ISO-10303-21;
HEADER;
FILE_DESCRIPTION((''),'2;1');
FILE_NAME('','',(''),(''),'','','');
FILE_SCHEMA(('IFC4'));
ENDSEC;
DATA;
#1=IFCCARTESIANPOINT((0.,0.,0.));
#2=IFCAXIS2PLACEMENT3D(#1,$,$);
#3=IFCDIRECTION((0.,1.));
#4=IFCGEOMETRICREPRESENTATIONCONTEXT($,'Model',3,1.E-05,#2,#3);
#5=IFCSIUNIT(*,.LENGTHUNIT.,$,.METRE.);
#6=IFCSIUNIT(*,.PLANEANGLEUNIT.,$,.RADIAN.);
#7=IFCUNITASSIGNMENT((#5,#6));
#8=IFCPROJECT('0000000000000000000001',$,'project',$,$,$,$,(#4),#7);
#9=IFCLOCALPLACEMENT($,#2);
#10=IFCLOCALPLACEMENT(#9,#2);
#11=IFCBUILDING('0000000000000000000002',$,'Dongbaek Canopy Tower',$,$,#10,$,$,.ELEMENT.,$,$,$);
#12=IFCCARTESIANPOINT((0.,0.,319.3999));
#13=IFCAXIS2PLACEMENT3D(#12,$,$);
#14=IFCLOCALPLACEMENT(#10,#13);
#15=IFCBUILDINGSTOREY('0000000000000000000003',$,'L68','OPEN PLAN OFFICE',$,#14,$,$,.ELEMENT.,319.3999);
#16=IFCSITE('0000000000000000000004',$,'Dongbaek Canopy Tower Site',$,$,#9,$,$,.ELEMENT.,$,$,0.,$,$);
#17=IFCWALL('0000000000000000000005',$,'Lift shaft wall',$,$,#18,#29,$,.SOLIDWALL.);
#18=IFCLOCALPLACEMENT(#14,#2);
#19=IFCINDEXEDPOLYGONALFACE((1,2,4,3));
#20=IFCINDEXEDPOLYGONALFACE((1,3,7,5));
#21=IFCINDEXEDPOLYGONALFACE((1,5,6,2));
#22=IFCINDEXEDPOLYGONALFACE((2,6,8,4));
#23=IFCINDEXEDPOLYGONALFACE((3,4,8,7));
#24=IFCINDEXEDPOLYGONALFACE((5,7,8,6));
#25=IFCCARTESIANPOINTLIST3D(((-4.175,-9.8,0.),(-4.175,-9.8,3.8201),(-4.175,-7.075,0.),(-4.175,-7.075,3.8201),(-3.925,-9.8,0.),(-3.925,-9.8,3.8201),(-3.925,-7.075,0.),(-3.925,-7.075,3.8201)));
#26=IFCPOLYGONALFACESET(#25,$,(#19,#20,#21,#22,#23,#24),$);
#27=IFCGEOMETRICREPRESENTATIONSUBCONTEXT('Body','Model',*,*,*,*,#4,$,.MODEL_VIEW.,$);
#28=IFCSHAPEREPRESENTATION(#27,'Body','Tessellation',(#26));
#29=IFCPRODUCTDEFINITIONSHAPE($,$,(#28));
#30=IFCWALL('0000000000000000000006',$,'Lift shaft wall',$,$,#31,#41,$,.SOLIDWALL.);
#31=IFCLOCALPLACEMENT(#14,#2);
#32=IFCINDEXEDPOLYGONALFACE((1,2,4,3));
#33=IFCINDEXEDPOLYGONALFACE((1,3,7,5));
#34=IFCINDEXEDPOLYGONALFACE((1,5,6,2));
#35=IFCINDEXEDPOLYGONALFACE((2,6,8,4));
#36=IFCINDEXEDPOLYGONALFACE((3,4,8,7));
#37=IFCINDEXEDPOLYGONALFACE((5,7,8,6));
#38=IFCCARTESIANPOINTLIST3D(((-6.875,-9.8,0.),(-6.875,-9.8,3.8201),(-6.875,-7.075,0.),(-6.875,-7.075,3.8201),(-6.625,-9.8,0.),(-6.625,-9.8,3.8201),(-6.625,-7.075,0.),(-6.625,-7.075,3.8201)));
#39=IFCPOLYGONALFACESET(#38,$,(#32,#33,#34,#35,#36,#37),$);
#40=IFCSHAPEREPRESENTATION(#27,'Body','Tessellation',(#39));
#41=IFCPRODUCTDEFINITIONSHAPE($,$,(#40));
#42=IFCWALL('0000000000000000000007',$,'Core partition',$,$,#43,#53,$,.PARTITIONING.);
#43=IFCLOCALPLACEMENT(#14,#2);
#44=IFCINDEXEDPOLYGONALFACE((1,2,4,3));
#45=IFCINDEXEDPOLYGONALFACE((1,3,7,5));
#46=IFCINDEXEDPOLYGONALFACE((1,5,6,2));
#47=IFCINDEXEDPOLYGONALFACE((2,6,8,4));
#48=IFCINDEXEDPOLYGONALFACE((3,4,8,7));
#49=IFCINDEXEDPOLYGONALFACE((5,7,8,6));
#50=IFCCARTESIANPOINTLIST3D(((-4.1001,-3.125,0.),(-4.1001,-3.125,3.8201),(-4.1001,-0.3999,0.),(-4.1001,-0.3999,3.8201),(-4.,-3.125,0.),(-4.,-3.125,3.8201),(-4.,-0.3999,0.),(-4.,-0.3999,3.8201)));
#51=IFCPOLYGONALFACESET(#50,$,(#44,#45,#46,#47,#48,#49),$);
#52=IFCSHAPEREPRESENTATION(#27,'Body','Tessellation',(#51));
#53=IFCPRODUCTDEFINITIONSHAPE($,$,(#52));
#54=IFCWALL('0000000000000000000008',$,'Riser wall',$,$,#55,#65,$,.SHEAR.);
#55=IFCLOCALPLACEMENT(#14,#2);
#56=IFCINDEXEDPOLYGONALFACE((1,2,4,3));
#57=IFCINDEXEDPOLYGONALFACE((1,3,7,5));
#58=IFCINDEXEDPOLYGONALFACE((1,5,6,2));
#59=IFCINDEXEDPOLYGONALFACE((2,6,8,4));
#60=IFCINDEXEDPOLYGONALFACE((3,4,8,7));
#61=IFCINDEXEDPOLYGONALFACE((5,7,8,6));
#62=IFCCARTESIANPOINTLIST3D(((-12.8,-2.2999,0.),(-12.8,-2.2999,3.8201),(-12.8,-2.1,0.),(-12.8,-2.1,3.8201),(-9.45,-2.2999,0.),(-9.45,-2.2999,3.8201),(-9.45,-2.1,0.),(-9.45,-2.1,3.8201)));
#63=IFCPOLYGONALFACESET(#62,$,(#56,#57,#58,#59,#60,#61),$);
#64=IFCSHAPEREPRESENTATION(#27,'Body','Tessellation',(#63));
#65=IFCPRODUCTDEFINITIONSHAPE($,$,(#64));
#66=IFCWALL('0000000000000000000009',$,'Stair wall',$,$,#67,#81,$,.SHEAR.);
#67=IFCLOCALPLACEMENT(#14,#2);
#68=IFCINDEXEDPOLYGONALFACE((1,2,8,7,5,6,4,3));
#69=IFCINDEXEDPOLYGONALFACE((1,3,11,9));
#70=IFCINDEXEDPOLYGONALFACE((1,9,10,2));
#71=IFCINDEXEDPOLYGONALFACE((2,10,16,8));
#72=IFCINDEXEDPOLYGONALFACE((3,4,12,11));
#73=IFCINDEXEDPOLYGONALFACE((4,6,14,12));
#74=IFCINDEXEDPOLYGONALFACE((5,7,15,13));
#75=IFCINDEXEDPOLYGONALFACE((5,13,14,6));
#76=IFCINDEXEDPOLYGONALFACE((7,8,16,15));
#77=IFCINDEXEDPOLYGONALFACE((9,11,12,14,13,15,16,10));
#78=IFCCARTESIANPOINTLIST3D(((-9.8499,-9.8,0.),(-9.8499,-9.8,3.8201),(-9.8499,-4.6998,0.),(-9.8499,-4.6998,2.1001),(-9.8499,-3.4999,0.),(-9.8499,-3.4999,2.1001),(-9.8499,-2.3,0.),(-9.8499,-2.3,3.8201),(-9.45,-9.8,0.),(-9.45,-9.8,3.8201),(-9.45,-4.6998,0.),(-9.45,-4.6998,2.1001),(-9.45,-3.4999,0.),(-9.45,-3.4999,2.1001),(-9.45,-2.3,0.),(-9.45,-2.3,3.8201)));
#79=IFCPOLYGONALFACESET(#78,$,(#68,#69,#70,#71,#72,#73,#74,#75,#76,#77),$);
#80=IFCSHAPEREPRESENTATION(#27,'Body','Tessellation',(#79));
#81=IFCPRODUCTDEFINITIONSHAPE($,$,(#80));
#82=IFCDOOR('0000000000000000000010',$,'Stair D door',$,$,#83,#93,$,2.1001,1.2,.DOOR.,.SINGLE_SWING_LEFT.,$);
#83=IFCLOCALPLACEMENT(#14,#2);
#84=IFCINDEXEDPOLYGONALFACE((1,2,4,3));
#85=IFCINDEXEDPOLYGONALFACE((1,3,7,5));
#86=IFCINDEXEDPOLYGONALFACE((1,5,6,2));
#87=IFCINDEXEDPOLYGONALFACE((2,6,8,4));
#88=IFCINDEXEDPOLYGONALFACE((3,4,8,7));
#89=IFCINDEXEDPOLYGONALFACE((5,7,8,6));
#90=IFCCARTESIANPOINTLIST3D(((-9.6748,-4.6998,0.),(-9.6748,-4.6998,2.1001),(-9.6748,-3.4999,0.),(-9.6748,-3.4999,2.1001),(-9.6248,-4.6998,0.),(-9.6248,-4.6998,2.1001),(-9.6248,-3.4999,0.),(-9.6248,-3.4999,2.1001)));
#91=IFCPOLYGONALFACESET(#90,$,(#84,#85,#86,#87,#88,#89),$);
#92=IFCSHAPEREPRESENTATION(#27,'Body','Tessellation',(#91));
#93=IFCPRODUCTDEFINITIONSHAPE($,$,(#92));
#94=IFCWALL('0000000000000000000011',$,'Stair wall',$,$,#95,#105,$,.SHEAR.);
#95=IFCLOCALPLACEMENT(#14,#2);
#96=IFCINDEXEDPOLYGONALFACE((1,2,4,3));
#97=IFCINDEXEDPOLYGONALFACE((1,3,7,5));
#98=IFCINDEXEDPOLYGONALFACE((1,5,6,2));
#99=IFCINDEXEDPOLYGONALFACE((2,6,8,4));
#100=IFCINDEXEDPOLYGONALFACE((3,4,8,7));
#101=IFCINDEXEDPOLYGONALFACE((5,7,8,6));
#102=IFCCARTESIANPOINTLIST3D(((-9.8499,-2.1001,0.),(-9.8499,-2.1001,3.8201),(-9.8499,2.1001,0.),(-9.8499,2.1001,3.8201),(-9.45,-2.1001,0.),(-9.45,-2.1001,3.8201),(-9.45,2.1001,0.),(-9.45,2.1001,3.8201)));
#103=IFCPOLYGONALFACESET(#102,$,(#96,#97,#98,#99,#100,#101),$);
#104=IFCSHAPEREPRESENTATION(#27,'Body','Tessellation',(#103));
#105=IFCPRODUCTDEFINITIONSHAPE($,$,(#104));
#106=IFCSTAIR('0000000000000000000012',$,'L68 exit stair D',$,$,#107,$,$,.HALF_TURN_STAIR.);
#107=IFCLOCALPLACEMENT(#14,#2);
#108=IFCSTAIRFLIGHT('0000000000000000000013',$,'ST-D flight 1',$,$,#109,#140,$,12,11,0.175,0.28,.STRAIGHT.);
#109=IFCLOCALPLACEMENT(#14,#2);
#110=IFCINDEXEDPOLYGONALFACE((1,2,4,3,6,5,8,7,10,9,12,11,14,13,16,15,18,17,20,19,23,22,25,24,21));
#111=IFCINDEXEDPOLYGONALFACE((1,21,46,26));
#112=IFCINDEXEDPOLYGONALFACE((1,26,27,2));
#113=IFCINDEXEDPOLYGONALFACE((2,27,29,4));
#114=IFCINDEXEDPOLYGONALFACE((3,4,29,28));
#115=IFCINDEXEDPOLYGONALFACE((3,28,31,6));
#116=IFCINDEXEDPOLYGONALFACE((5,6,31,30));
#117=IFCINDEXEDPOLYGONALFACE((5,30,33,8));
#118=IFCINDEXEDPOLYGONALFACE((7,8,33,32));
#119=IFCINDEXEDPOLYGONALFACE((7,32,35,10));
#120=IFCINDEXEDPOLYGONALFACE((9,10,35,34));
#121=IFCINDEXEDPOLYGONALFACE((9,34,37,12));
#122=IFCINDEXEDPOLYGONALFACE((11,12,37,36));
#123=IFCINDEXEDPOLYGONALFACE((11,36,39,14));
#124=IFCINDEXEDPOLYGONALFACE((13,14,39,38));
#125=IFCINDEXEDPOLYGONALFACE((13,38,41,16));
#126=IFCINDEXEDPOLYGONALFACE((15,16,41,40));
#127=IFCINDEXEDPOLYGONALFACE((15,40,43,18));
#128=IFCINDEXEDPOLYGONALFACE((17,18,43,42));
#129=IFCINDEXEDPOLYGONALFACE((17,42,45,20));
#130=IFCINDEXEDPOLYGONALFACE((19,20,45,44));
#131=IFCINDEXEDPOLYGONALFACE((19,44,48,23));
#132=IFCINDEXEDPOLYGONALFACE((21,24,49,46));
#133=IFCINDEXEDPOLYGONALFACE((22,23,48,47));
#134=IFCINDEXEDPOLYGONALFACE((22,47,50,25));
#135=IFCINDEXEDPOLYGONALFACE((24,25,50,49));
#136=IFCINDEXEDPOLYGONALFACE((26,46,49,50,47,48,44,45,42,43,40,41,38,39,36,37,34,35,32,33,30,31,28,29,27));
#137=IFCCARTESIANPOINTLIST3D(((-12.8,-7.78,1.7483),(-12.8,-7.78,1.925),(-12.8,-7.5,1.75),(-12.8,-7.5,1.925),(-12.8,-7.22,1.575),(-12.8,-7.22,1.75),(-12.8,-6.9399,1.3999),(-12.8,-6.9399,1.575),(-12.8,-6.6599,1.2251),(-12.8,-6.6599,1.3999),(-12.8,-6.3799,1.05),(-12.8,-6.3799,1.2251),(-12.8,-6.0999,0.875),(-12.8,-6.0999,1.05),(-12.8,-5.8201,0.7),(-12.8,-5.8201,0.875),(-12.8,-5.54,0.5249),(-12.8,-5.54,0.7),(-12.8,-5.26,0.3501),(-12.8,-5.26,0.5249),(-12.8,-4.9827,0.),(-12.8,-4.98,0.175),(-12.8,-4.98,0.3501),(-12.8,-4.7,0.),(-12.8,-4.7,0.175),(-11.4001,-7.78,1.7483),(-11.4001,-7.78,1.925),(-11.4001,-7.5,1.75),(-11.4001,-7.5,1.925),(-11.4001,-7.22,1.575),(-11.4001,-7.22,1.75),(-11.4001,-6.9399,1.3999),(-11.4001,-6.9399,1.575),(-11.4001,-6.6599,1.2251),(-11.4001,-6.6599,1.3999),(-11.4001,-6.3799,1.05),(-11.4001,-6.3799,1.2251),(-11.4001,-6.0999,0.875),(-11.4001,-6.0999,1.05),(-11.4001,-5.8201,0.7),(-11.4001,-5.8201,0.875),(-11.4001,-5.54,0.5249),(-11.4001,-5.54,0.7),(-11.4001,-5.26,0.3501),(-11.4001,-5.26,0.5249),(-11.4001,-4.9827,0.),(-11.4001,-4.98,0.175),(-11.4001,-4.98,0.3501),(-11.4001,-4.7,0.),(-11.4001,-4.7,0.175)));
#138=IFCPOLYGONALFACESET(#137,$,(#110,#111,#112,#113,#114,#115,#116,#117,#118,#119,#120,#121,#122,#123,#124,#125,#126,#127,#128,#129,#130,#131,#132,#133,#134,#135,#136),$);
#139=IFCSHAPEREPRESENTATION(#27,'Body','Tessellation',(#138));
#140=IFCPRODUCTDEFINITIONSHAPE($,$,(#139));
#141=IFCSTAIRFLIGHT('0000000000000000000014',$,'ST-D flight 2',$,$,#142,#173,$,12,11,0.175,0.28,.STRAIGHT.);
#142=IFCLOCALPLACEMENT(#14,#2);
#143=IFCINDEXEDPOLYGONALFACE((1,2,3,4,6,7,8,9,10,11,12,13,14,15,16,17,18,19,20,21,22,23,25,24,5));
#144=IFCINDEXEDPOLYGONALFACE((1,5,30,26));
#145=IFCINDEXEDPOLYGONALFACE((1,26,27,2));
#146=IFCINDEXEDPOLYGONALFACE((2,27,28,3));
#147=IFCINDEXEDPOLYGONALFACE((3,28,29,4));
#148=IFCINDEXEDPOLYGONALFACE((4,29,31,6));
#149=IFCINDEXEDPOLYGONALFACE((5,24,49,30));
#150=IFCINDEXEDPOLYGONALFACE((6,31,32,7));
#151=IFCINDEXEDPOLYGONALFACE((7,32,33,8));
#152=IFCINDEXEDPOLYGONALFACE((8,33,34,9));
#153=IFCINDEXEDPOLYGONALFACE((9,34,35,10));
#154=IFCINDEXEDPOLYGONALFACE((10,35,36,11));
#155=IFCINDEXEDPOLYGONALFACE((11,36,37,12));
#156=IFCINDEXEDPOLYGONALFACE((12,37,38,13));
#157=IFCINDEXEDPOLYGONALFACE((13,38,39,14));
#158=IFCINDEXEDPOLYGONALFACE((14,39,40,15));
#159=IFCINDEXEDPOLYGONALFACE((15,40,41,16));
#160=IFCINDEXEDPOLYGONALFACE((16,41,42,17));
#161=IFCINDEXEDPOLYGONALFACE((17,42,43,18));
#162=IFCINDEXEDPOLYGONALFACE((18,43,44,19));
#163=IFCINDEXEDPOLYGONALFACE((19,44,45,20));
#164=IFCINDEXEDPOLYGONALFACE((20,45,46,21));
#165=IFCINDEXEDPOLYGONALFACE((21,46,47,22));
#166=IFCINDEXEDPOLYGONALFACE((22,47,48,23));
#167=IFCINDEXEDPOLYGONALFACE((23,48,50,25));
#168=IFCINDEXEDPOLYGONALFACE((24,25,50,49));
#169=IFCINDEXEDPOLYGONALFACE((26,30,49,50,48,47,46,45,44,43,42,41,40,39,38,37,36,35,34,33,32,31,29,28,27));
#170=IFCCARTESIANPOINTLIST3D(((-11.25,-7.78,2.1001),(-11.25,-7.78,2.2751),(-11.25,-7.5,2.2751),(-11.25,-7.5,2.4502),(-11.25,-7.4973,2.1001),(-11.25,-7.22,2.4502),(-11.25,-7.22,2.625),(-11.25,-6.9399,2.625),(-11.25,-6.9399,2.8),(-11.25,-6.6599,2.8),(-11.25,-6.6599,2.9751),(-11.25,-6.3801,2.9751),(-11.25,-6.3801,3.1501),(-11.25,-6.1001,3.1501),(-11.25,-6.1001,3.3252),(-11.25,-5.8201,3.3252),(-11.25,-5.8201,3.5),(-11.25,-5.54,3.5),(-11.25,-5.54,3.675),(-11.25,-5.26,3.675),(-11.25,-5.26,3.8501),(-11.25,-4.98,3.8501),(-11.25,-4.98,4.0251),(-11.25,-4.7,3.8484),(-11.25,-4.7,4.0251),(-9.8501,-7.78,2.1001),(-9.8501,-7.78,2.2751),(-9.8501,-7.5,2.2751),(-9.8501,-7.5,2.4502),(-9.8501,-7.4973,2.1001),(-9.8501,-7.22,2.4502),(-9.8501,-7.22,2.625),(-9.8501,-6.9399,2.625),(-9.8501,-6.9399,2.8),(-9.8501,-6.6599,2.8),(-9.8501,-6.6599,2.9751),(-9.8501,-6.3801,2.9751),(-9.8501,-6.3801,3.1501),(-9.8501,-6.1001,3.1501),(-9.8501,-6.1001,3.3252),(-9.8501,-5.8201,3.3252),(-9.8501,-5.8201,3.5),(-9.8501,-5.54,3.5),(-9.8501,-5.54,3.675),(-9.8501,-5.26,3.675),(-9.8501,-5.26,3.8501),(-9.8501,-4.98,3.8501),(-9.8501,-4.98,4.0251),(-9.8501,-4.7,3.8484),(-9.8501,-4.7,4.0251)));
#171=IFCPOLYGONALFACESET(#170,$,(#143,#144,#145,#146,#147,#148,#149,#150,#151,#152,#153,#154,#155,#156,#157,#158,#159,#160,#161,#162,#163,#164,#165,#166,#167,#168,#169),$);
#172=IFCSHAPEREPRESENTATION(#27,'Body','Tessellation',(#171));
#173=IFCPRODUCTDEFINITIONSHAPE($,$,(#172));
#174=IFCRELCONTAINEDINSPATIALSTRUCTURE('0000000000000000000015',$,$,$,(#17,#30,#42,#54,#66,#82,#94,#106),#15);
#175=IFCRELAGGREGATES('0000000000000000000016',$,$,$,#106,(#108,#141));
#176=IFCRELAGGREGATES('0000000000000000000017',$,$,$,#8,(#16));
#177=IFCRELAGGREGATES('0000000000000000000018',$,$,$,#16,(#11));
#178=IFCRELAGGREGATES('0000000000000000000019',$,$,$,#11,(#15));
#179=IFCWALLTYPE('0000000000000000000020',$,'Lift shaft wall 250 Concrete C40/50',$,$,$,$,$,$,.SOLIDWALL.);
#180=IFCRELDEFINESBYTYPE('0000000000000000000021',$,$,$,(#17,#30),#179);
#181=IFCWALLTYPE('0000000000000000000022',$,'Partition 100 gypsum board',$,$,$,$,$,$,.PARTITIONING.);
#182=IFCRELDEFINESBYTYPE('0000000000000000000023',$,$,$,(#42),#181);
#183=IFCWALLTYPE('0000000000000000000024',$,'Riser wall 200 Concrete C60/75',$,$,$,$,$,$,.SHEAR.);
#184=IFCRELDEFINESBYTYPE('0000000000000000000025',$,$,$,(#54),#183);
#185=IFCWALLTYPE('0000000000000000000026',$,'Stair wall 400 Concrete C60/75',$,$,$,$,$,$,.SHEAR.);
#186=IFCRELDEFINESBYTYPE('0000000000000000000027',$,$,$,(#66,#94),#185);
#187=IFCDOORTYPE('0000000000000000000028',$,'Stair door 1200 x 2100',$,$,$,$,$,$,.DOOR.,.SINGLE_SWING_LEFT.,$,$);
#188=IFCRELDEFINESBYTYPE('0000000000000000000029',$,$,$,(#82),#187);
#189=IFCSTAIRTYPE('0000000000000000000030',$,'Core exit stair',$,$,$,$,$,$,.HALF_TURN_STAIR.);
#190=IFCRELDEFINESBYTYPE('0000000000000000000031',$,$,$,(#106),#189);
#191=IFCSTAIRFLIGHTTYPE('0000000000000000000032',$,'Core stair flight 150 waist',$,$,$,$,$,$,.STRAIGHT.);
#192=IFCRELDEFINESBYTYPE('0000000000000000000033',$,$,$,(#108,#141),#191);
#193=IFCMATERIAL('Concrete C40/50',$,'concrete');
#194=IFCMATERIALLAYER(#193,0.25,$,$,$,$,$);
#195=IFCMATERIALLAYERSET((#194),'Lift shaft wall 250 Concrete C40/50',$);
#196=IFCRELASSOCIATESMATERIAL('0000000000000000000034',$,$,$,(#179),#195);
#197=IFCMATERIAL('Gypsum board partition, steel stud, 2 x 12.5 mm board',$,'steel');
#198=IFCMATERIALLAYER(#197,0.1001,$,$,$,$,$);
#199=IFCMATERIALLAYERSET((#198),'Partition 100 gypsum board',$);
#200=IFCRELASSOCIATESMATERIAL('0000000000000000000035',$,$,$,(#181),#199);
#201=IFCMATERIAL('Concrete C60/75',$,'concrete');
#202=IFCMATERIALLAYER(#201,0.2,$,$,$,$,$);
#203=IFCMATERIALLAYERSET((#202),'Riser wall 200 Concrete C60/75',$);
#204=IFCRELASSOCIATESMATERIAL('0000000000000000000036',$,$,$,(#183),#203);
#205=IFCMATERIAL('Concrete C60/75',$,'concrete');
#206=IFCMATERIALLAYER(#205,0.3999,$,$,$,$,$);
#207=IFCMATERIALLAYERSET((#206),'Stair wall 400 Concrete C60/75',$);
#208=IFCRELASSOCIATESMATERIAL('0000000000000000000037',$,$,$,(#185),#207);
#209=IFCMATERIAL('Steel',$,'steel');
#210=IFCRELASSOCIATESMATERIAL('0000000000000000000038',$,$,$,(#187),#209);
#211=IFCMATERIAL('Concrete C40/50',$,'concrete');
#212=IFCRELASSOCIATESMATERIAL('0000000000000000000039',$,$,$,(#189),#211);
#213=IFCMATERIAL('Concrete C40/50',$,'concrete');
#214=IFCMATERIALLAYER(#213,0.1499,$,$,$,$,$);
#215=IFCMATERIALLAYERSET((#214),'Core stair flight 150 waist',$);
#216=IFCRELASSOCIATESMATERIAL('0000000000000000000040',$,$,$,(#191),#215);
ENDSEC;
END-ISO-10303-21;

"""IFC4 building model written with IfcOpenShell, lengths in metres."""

from ifc_helpers import new_model, si_unit, direction, frame, frame_2d, origin, place, context, subcontext, project, spatial, polyline, rectangle, outline, extrude, material, layer, layer_set, type_object, element, fill, aggregate, save


model = new_model("IFC4")

# Units and contexts
model_context = context("Model", 3, precision=1e-05, world=origin(), true_north=direction((0.0, 1.0)))
body_context = subcontext(model_context, "Body", "Model", "MODEL_VIEW")
ifc_project = project(units=[si_unit("LENGTHUNIT", "METRE"), si_unit("PLANEANGLEUNIT", "RADIAN")], contexts=[model_context])

# Site, building, storey
site_placement = place(None, origin())
site = spatial("IfcSite", under=ifc_project, at=site_placement, Name="Dongbaek Canopy Tower Site", CompositionType="ELEMENT", RefElevation=0.0)
building_placement = place(site_placement, origin())
building = spatial("IfcBuilding", under=site, at=building_placement, Name="Dongbaek Canopy Tower", CompositionType="ELEMENT")
storey_placement = place(building_placement, frame((0.0, 0.0, 319.3999)))
storey = spatial("IfcBuildingStorey", under=building, at=storey_placement, Name="L68", Description="OPEN PLAN OFFICE", CompositionType="ELEMENT", Elevation=319.3999)

# Walls
ifc_material_1 = material(Name="Concrete C40/50", Category="concrete")
ifc_layer_1 = layer(ifc_material_1, 0.25)
ifc_layer_set_1 = layer_set([ifc_layer_1], Name="Lift shaft wall 250 Concrete C40/50")
wall_type_1 = type_object("IfcWallType", Name="Lift shaft wall 250 Concrete C40/50", PredefinedType="SOLIDWALL", material=ifc_layer_set_1)
for number, where, z_axis, x_axis, name in (
    (1, (-4.05, -9.8, 0.0), (0.0, 0.0, 1.0), (0.0, 1.0, 0.0), "Lift shaft wall"),
    (2, (-6.75, -9.8, 0.0), (0.0, 0.0, 1.0), (0.0, 1.0, 0.0), "Lift shaft wall"),
):
    element("IfcWall", number, at=place(storey_placement, frame(where, z_axis=z_axis, x_axis=x_axis)), inside=storey, type_object=wall_type_1, Name=name, PredefinedType="SOLIDWALL", context=body_context, shape_type="SweptSolid", body=[
        extrude(rectangle(XDim=2.7251, YDim=0.25, at=frame_2d((1.3625, 0.0))), origin(), (0.0, 0.0, 1.0), 3.8201),
    ])
ifc_material_2 = material(Name="Gypsum board partition, steel stud, 2 x 12.5 mm board", Category="steel")
ifc_layer_2 = layer(ifc_material_2, 0.1001)
ifc_layer_set_2 = layer_set([ifc_layer_2], Name="Partition 100 gypsum board")
wall_type_2 = type_object("IfcWallType", Name="Partition 100 gypsum board", PredefinedType="PARTITIONING", material=ifc_layer_set_2)
wall_1_placement = place(storey_placement, frame((-4.05, -3.125, 0.0), z_axis=(0.0, 0.0, 1.0), x_axis=(0.0, 1.0, 0.0)))
element("IfcWall", 3, at=wall_1_placement, inside=storey, type_object=wall_type_2, Name="Core partition", PredefinedType="PARTITIONING", context=body_context, shape_type="SweptSolid", body=[
    extrude(rectangle(XDim=2.7251, YDim=0.1001, at=frame_2d((1.3625, 0.0))), origin(), (0.0, 0.0, 1.0), 3.8201),
])
ifc_material_3 = material(Name="Concrete C60/75", Category="concrete")
ifc_layer_3 = layer(ifc_material_3, 0.2)
ifc_layer_set_3 = layer_set([ifc_layer_3], Name="Riser wall 200 Concrete C60/75")
wall_type_3 = type_object("IfcWallType", Name="Riser wall 200 Concrete C60/75", PredefinedType="SHEAR", material=ifc_layer_set_3)
wall_2_placement = place(storey_placement, frame((-9.45, -2.2, 0.0), z_axis=(0.0, 0.0, 1.0), x_axis=(-1.0, 0.0, 0.0)))
element("IfcWall", 4, at=wall_2_placement, inside=storey, type_object=wall_type_3, Name="Riser wall", PredefinedType="SHEAR", context=body_context, shape_type="SweptSolid", body=[
    extrude(rectangle(XDim=3.3501, YDim=0.2, at=frame_2d((1.675, 0.0))), origin(), (0.0, 0.0, 1.0), 3.8201),
])

# Wall, opening, door
ifc_material_4 = material(Name="Concrete C60/75", Category="concrete")
ifc_layer_4 = layer(ifc_material_4, 0.3999)
ifc_layer_set_4 = layer_set([ifc_layer_4], Name="Stair wall 400 Concrete C60/75")
wall_type_4 = type_object("IfcWallType", Name="Stair wall 400 Concrete C60/75", PredefinedType="SHEAR", material=ifc_layer_set_4)
wall_3_placement = place(storey_placement, frame((-9.6499, -9.8, 0.0), z_axis=(0.0, 0.0, 1.0), x_axis=(0.0, 1.0, 0.0)))
wall_3 = element("IfcWall", 5, at=wall_3_placement, inside=storey, type_object=wall_type_4, Name="Stair wall", PredefinedType="SHEAR", context=body_context, shape_type="SweptSolid", body=[
    extrude(rectangle(XDim=7.5, YDim=0.3999, at=frame_2d((3.75, 0.0))), origin(), (0.0, 0.0, 1.0), 3.8201),
])
opening_1_placement = place(wall_3_placement, frame((5.1001, 0.0, 0.0)))
opening_1 = element("IfcOpeningElement", 6, at=opening_1_placement, cuts=wall_3, PredefinedType="OPENING", context=body_context, shape_type="SweptSolid", body=[
    extrude(rectangle(XDim=1.2, YDim=2.1001, at=frame_2d((0.6001, 1.05))), frame((0.0, 0.21, 0.0), z_axis=(0.0, -1.0, 0.0), x_axis=(1.0, 0.0, 0.0)), (0.0, 0.0, 1.0), 0.4199),
])
ifc_material_5 = material(Name="Steel", Category="steel")
door_type_1 = type_object("IfcDoorType", Name="Stair door 1200 x 2100", OperationType="SINGLE_SWING_LEFT", PredefinedType="DOOR", material=ifc_material_5)
door_1_placement = place(opening_1_placement, origin())
door_1 = element("IfcDoor", 7, at=door_1_placement, inside=storey, type_object=door_type_1, Name="Stair D door", OperationType="SINGLE_SWING_LEFT", OverallHeight=2.1001, OverallWidth=1.2, PredefinedType="DOOR", context=body_context, shape_type="SweptSolid", body=[
    extrude(rectangle(XDim=1.2, YDim=2.1001, at=frame_2d((0.6001, 1.05))), frame((0.0, 0.0249, 0.0), z_axis=(0.0, -1.0, 0.0), x_axis=(1.0, 0.0, 0.0)), (0.0, 0.0, 1.0), 0.05),
])
fill(opening_1, door_1)

# Wall
wall_4_placement = place(storey_placement, frame((-9.6499, -2.1001, 0.0), z_axis=(0.0, 0.0, 1.0), x_axis=(0.0, 1.0, 0.0)))
element("IfcWall", 8, at=wall_4_placement, inside=storey, type_object=wall_type_4, Name="Stair wall", PredefinedType="SHEAR", context=body_context, shape_type="SweptSolid", body=[
    extrude(rectangle(XDim=4.2002, YDim=0.3999, at=frame_2d((2.1001, 0.0))), origin(), (0.0, 0.0, 1.0), 3.8201),
])

# Stair, stair flights
ifc_material_6 = material(Name="Concrete C40/50", Category="concrete")
stair_type = type_object("IfcStairType", Name="Core exit stair", PredefinedType="HALF_TURN_STAIR", material=ifc_material_6)
stair_placement = place(storey_placement, origin())
stair = element("IfcStair", 9, at=stair_placement, inside=storey, type_object=stair_type, Name="L68 exit stair D", PredefinedType="HALF_TURN_STAIR")
ifc_material_7 = material(Name="Concrete C40/50", Category="concrete")
ifc_layer_5 = layer(ifc_material_7, 0.1499)
ifc_layer_set_5 = layer_set([ifc_layer_5], Name="Core stair flight 150 waist")
stair_flight_type = type_object("IfcStairFlightType", Name="Core stair flight 150 waist", PredefinedType="STRAIGHT", material=ifc_layer_set_5)
stair_flight_1_placement = place(storey_placement, frame((-12.1001, -4.7, 0.0), z_axis=(0.0, 0.0, 1.0), x_axis=(0.0, -1.0, 0.0)))
stair_flight_1 = element("IfcStairFlight", 10, at=stair_flight_1_placement, type_object=stair_flight_type, Name="ST-D flight 1", NumberOfRisers=12, NumberOfTreads=11, PredefinedType="STRAIGHT", RiserHeight=0.175, TreadLength=0.28, context=body_context, shape_type="SweptSolid", body=[
    extrude(outline(polyline([(0.0, 0.0), (0.0, 0.175), (0.28, 0.175), (0.28, 0.3501), (0.5601, 0.3501), (0.5601, 0.5249), (0.8401, 0.5249), (0.8401, 0.7), (1.1201, 0.7), (1.1201, 0.875), (1.3999, 0.875), (1.3999, 1.05), (1.6799, 1.05), (1.6799, 1.2251), (1.96, 1.2251), (1.96, 1.3999), (2.24, 1.3999), (2.24, 1.575), (2.52, 1.575), (2.52, 1.75), (2.8, 1.75), (2.8, 1.925), (3.0801, 1.925), (3.0801, 2.1001), (3.0801, 1.7483), (0.2827, 0.0), (0.0, 0.0)])), frame((0.0, 0.7, 0.0), z_axis=(0.0, -1.0, 0.0), x_axis=(1.0, 0.0, 0.0)), (0.0, 0.0, 1.0), 1.3999),
])
stair_flight_2_placement = place(storey_placement, frame((-10.55, -7.78, 2.1001), z_axis=(0.0, 0.0, 1.0), x_axis=(0.0, 1.0, 0.0)))
stair_flight_2 = element("IfcStairFlight", 11, at=stair_flight_2_placement, type_object=stair_flight_type, Name="ST-D flight 2", NumberOfRisers=12, NumberOfTreads=11, PredefinedType="STRAIGHT", RiserHeight=0.175, TreadLength=0.28, context=body_context, shape_type="SweptSolid", body=[
    extrude(outline(polyline([(0.0, 0.0), (0.0, 0.175), (0.28, 0.175), (0.28, 0.3501), (0.5601, 0.3501), (0.5601, 0.5249), (0.8401, 0.5249), (0.8401, 0.7), (1.1201, 0.7), (1.1201, 0.875), (1.3999, 0.875), (1.3999, 1.05), (1.6799, 1.05), (1.6799, 1.2251), (1.96, 1.2251), (1.96, 1.3999), (2.24, 1.3999), (2.24, 1.575), (2.52, 1.575), (2.52, 1.75), (2.8, 1.75), (2.8, 1.925), (3.0801, 1.925), (3.0801, 2.1001), (3.0801, 1.7483), (0.2827, 0.0), (0.0, 0.0)])), frame((0.0, 0.7, 0.0), z_axis=(0.0, -1.0, 0.0), x_axis=(1.0, 0.0, 0.0)), (0.0, 0.0, 1.0), 1.3999),
])
aggregate(stair, [stair_flight_1, stair_flight_2])

save(model, "model.ifc")
